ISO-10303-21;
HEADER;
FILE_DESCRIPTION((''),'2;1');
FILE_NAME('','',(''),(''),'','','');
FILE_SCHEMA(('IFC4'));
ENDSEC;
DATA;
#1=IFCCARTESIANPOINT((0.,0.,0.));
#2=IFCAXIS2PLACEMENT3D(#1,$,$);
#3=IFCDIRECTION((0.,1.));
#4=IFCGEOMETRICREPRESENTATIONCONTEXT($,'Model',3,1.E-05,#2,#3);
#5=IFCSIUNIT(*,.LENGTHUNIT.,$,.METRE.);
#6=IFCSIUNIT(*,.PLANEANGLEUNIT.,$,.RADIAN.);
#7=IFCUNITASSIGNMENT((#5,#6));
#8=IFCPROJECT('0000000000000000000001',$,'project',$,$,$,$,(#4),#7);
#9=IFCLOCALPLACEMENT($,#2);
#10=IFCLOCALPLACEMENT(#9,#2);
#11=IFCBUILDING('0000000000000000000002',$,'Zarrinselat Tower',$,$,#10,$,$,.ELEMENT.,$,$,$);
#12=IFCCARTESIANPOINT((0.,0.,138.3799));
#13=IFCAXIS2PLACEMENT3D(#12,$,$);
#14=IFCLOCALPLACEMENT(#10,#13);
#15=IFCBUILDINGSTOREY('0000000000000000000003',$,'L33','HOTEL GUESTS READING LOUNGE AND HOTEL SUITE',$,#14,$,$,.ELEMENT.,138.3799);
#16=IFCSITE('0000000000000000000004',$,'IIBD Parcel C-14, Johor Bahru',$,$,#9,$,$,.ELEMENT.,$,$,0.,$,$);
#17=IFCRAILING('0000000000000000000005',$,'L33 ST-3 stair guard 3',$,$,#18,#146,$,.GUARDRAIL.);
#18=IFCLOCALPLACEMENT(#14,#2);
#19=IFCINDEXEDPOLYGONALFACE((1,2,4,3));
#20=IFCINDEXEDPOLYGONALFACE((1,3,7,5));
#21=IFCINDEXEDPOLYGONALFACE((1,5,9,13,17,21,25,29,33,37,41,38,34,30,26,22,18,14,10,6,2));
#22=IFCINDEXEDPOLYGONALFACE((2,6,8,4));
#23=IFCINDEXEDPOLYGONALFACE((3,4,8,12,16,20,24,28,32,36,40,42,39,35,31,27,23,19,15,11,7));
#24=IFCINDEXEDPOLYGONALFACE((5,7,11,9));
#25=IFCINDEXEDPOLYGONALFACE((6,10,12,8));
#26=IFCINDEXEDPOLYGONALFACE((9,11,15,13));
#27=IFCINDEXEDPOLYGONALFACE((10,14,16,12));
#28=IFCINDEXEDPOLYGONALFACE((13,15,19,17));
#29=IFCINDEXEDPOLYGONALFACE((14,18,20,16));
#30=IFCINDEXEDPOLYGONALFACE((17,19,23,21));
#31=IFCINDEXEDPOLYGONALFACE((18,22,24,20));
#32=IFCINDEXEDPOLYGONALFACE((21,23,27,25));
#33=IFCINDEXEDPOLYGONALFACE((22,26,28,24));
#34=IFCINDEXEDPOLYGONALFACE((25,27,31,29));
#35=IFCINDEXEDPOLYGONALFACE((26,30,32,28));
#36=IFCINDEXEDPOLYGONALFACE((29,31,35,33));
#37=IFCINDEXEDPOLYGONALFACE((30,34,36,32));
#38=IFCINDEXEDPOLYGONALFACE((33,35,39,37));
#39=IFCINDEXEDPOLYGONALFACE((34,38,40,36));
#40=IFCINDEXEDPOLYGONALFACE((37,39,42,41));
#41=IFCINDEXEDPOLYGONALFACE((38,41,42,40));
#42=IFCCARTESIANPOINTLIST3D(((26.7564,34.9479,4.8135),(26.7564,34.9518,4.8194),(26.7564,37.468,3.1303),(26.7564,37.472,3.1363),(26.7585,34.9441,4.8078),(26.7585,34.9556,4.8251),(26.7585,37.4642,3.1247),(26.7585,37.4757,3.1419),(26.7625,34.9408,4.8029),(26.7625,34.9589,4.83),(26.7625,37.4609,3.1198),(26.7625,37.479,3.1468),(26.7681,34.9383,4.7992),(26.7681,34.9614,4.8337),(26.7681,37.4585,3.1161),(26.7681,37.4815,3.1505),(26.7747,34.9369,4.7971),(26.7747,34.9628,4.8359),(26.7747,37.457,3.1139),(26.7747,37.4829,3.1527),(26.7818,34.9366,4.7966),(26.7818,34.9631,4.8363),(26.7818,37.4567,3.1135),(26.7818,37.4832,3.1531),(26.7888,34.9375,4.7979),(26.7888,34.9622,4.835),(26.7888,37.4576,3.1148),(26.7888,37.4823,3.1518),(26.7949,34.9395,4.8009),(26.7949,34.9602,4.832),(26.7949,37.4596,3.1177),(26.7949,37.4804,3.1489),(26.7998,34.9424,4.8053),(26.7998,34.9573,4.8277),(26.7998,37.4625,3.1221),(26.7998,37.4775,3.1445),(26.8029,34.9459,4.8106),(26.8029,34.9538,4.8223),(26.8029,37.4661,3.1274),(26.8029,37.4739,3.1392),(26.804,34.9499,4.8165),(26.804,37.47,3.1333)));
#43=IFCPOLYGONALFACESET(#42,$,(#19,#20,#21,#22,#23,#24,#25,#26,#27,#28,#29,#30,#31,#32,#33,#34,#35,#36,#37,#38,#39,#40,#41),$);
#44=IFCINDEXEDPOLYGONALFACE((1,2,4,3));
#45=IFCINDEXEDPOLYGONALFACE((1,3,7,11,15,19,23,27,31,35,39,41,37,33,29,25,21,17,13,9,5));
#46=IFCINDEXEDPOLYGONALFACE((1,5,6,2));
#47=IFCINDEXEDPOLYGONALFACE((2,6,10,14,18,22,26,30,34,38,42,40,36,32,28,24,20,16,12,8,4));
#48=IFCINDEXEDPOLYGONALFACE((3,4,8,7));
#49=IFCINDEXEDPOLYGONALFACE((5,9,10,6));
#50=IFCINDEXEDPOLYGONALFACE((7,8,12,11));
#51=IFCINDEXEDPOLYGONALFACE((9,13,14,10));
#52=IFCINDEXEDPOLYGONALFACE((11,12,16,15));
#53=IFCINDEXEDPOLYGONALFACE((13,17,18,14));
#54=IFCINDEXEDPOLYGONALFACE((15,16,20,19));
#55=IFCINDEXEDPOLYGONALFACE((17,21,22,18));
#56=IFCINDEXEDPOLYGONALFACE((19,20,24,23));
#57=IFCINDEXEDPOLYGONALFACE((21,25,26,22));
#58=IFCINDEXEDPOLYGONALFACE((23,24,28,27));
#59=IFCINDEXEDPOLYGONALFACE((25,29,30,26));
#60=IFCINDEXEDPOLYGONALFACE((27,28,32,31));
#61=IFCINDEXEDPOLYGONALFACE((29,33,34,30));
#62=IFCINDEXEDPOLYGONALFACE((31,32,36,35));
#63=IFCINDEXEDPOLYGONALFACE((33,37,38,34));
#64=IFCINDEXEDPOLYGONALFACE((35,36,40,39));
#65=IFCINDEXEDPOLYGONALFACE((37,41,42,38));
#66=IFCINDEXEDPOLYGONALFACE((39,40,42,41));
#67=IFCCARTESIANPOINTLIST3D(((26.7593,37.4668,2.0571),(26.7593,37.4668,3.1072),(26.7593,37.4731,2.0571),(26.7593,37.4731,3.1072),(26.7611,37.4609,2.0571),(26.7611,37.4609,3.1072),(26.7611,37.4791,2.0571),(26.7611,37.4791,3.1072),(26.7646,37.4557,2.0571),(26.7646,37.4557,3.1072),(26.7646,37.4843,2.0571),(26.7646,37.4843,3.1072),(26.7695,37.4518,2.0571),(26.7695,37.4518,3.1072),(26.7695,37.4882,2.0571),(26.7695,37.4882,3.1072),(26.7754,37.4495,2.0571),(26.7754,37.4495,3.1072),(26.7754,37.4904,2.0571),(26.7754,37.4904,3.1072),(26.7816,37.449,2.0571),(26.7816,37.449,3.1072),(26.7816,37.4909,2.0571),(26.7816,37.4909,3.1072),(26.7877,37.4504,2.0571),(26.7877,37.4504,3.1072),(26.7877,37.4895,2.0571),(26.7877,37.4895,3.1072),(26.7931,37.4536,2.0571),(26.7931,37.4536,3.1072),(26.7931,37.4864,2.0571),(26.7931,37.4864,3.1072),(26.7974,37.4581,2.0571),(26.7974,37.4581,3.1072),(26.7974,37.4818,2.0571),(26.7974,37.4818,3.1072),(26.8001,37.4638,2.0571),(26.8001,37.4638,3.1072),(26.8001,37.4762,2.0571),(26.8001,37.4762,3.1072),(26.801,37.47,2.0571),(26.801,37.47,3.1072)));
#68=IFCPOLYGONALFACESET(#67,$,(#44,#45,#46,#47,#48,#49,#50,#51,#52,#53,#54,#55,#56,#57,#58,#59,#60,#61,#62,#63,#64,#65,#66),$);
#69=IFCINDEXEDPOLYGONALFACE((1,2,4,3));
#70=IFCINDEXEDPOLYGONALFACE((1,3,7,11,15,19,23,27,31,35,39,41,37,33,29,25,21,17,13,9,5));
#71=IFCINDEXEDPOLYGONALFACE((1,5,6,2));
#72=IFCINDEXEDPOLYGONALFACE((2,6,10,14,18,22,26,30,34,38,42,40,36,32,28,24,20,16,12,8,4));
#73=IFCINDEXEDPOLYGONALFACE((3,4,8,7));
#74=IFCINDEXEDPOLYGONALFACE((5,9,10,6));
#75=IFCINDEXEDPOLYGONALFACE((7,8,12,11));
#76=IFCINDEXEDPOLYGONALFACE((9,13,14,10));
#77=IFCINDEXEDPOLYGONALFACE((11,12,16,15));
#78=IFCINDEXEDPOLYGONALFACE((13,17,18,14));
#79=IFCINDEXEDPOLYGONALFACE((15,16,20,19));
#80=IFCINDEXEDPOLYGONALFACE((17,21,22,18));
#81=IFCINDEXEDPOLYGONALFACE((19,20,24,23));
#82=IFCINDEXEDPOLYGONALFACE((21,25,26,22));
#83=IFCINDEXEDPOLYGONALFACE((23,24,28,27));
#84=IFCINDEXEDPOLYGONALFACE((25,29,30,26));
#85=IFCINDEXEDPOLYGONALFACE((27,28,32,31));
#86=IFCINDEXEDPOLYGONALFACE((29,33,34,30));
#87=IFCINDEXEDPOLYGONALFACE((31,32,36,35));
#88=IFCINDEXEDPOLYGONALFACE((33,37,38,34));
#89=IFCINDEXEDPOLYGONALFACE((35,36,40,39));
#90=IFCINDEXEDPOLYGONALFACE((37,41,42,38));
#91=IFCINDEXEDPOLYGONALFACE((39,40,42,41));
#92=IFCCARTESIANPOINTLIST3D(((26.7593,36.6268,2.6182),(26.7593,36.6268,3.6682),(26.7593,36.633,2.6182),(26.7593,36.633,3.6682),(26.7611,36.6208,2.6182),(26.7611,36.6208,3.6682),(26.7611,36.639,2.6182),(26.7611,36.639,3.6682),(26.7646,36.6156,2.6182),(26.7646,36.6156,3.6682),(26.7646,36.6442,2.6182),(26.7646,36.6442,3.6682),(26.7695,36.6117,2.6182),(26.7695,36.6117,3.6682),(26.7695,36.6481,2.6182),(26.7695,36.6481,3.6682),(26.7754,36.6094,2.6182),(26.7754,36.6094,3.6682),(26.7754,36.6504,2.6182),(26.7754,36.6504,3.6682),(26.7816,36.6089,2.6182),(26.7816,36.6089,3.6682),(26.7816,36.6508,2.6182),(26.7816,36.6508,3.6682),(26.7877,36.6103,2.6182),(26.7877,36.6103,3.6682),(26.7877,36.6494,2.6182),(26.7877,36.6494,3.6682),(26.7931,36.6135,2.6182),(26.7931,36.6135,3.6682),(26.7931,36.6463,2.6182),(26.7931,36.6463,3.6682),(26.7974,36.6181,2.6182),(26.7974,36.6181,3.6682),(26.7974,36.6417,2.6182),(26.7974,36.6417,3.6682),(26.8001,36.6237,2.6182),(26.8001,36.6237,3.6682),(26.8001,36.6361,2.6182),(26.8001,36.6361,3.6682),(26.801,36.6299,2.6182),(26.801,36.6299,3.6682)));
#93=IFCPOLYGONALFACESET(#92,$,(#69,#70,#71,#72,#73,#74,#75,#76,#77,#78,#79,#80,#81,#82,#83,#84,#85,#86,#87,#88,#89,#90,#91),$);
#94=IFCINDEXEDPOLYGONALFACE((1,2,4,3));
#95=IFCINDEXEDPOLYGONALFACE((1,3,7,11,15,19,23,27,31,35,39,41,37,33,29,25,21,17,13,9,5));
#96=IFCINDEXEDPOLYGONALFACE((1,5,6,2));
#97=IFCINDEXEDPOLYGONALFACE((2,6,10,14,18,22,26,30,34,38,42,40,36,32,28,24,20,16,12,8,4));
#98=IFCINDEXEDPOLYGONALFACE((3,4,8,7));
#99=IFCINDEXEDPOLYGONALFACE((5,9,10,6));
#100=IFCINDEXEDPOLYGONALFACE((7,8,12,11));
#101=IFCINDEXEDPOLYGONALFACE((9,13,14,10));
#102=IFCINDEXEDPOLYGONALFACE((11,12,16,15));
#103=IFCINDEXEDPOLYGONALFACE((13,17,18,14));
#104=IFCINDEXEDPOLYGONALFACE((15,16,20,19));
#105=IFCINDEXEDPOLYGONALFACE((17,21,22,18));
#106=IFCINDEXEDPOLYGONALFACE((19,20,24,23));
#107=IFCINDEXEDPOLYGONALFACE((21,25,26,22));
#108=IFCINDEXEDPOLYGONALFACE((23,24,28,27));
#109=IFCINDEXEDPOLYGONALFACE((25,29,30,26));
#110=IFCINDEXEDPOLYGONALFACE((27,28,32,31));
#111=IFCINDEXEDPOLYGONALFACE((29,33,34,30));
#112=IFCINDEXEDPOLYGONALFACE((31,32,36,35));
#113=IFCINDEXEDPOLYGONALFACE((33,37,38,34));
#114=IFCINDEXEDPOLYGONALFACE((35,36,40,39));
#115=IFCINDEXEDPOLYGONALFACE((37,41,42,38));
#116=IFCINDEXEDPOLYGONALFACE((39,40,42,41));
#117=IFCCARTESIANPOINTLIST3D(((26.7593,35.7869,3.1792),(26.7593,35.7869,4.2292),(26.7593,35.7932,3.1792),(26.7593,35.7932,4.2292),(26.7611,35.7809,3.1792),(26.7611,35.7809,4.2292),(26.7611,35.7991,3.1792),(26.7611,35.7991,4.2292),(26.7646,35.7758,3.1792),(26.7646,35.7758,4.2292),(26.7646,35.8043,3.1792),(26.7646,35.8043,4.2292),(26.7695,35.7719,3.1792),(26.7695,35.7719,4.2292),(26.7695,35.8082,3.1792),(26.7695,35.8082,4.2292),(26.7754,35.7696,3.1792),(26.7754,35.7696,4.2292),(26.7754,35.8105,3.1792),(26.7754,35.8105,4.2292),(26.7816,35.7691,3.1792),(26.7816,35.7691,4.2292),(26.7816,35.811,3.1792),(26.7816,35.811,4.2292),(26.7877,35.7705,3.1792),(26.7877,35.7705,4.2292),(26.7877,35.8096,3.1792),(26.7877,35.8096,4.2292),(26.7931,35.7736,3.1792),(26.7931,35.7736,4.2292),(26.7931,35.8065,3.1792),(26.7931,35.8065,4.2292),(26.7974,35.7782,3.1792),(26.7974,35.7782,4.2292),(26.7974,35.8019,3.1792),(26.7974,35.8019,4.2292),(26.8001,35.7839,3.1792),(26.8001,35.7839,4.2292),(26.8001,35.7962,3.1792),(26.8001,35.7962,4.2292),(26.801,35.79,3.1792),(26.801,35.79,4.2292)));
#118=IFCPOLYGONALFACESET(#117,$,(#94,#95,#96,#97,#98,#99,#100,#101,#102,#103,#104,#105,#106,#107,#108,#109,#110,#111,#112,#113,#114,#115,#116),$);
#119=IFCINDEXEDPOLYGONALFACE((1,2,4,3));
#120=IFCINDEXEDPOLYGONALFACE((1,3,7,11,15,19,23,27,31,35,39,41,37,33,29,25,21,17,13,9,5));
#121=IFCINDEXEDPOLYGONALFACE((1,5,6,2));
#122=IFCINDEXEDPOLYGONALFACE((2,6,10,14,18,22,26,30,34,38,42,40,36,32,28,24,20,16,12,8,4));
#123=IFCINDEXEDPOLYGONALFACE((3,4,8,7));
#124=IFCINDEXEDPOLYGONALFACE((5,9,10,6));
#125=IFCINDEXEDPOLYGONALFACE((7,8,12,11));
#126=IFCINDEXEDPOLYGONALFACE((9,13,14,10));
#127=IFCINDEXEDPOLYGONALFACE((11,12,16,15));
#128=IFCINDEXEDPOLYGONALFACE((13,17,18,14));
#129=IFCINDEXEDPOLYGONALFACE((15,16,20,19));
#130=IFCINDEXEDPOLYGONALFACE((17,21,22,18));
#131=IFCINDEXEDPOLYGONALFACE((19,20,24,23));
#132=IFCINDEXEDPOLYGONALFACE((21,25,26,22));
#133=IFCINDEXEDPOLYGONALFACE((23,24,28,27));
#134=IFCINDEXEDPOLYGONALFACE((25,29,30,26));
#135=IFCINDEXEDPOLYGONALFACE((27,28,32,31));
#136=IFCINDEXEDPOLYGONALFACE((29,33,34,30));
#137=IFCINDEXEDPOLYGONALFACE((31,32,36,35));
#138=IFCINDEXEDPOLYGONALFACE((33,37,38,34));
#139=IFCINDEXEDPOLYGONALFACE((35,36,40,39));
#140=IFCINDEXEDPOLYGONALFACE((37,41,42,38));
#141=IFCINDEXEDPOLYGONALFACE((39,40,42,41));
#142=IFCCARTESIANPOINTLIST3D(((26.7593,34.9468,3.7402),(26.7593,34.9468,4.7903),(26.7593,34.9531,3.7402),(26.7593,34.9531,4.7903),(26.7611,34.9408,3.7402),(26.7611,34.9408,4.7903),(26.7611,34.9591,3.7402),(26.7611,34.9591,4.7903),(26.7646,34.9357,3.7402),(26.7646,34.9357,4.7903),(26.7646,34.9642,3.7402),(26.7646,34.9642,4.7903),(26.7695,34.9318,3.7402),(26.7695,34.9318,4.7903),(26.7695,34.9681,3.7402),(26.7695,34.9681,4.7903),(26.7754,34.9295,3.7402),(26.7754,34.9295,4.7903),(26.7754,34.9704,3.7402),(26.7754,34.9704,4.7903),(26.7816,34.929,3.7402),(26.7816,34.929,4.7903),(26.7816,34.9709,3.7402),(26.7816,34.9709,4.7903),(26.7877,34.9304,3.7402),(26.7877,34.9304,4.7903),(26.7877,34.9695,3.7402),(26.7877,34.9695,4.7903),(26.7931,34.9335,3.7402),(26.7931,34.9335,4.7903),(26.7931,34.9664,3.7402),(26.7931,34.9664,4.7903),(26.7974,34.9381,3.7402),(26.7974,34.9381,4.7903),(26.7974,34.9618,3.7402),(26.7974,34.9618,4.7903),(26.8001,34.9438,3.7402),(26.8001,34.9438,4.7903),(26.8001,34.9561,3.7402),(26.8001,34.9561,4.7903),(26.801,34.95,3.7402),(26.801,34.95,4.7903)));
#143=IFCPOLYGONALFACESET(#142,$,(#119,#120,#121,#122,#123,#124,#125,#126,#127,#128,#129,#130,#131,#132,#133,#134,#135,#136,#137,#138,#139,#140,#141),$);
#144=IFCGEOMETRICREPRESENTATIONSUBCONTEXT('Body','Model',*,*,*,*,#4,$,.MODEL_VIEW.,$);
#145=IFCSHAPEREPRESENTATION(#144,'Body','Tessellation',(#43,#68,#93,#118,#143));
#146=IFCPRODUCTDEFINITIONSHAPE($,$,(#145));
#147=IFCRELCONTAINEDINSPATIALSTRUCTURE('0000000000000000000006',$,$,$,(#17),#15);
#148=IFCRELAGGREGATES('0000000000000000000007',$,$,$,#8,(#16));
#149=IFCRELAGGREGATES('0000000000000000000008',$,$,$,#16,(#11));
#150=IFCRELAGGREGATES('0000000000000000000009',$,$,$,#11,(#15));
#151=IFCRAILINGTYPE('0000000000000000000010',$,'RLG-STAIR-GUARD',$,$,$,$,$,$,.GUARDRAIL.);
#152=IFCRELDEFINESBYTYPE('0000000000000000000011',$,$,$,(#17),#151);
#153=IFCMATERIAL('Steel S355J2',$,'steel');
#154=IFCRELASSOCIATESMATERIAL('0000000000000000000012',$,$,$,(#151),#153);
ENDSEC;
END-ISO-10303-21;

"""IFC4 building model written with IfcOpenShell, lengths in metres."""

from ifc_helpers import new_model, si_unit, direction, frame, origin, origin_2d, place, context, subcontext, project, spatial, circle, extrude, material, type_object, element, save


model = new_model("IFC4")

# Units and contexts
model_context = context("Model", 3, precision=1e-05, world=origin(), true_north=direction((0.0, 1.0)))
body_context = subcontext(model_context, "Body", "Model", "MODEL_VIEW")
ifc_project = project(units=[si_unit("LENGTHUNIT", "METRE"), si_unit("PLANEANGLEUNIT", "RADIAN")], contexts=[model_context])

# Site, building, storey
site_placement = place(None, origin())
site = spatial("IfcSite", under=ifc_project, at=site_placement, Name="IIBD Parcel C-14, Johor Bahru", CompositionType="ELEMENT", RefElevation=0.0)
building_placement = place(site_placement, origin())
building = spatial("IfcBuilding", under=site, at=building_placement, Name="Zarrinselat Tower", CompositionType="ELEMENT")
storey_placement = place(building_placement, frame((0.0, 0.0, 138.3799)))
storey = spatial("IfcBuildingStorey", under=building, at=storey_placement, Name="L33", Description="HOTEL GUESTS READING LOUNGE AND HOTEL SUITE", CompositionType="ELEMENT", Elevation=138.3799)

# Railing
ifc_material_1 = material(Name="Steel S355J2", Category="steel")
railing_type_1 = type_object("IfcRailingType", Name="RLG-STAIR-GUARD", PredefinedType="GUARDRAIL", material=ifc_material_1)
railing_1_placement = place(storey_placement, frame((26.78, 37.47, 2.0571)))
element("IfcRailing", 1, at=railing_1_placement, inside=storey, type_object=railing_type_1, Name="L33 ST-3 stair guard 3", PredefinedType="GUARDRAIL", context=body_context, shape_type="SweptSolid", body=[
    extrude(circle(Radius=0.0239, at=origin_2d()), frame((0.0, 0.0, 1.0762), z_axis=(0.0, -0.831579, 0.555406), x_axis=(1.0, 0.0, 0.0)), (0.0, 0.0, 1.0), 3.0305),
    extrude(circle(Radius=0.021, at=origin_2d()), origin(), (0.0, 0.0, 1.0), 1.05),
    extrude(circle(Radius=0.021, at=origin_2d()), frame((0.0, -0.8401, 0.561)), (0.0, 0.0, 1.0), 1.05),
    extrude(circle(Radius=0.021, at=origin_2d()), frame((0.0, -1.6799, 1.1221)), (0.0, 0.0, 1.0), 1.05),
    extrude(circle(Radius=0.021, at=origin_2d()), frame((0.0, -2.52, 1.6831)), (0.0, 0.0, 1.0), 1.05),
])

save(model, "model.ifc")
